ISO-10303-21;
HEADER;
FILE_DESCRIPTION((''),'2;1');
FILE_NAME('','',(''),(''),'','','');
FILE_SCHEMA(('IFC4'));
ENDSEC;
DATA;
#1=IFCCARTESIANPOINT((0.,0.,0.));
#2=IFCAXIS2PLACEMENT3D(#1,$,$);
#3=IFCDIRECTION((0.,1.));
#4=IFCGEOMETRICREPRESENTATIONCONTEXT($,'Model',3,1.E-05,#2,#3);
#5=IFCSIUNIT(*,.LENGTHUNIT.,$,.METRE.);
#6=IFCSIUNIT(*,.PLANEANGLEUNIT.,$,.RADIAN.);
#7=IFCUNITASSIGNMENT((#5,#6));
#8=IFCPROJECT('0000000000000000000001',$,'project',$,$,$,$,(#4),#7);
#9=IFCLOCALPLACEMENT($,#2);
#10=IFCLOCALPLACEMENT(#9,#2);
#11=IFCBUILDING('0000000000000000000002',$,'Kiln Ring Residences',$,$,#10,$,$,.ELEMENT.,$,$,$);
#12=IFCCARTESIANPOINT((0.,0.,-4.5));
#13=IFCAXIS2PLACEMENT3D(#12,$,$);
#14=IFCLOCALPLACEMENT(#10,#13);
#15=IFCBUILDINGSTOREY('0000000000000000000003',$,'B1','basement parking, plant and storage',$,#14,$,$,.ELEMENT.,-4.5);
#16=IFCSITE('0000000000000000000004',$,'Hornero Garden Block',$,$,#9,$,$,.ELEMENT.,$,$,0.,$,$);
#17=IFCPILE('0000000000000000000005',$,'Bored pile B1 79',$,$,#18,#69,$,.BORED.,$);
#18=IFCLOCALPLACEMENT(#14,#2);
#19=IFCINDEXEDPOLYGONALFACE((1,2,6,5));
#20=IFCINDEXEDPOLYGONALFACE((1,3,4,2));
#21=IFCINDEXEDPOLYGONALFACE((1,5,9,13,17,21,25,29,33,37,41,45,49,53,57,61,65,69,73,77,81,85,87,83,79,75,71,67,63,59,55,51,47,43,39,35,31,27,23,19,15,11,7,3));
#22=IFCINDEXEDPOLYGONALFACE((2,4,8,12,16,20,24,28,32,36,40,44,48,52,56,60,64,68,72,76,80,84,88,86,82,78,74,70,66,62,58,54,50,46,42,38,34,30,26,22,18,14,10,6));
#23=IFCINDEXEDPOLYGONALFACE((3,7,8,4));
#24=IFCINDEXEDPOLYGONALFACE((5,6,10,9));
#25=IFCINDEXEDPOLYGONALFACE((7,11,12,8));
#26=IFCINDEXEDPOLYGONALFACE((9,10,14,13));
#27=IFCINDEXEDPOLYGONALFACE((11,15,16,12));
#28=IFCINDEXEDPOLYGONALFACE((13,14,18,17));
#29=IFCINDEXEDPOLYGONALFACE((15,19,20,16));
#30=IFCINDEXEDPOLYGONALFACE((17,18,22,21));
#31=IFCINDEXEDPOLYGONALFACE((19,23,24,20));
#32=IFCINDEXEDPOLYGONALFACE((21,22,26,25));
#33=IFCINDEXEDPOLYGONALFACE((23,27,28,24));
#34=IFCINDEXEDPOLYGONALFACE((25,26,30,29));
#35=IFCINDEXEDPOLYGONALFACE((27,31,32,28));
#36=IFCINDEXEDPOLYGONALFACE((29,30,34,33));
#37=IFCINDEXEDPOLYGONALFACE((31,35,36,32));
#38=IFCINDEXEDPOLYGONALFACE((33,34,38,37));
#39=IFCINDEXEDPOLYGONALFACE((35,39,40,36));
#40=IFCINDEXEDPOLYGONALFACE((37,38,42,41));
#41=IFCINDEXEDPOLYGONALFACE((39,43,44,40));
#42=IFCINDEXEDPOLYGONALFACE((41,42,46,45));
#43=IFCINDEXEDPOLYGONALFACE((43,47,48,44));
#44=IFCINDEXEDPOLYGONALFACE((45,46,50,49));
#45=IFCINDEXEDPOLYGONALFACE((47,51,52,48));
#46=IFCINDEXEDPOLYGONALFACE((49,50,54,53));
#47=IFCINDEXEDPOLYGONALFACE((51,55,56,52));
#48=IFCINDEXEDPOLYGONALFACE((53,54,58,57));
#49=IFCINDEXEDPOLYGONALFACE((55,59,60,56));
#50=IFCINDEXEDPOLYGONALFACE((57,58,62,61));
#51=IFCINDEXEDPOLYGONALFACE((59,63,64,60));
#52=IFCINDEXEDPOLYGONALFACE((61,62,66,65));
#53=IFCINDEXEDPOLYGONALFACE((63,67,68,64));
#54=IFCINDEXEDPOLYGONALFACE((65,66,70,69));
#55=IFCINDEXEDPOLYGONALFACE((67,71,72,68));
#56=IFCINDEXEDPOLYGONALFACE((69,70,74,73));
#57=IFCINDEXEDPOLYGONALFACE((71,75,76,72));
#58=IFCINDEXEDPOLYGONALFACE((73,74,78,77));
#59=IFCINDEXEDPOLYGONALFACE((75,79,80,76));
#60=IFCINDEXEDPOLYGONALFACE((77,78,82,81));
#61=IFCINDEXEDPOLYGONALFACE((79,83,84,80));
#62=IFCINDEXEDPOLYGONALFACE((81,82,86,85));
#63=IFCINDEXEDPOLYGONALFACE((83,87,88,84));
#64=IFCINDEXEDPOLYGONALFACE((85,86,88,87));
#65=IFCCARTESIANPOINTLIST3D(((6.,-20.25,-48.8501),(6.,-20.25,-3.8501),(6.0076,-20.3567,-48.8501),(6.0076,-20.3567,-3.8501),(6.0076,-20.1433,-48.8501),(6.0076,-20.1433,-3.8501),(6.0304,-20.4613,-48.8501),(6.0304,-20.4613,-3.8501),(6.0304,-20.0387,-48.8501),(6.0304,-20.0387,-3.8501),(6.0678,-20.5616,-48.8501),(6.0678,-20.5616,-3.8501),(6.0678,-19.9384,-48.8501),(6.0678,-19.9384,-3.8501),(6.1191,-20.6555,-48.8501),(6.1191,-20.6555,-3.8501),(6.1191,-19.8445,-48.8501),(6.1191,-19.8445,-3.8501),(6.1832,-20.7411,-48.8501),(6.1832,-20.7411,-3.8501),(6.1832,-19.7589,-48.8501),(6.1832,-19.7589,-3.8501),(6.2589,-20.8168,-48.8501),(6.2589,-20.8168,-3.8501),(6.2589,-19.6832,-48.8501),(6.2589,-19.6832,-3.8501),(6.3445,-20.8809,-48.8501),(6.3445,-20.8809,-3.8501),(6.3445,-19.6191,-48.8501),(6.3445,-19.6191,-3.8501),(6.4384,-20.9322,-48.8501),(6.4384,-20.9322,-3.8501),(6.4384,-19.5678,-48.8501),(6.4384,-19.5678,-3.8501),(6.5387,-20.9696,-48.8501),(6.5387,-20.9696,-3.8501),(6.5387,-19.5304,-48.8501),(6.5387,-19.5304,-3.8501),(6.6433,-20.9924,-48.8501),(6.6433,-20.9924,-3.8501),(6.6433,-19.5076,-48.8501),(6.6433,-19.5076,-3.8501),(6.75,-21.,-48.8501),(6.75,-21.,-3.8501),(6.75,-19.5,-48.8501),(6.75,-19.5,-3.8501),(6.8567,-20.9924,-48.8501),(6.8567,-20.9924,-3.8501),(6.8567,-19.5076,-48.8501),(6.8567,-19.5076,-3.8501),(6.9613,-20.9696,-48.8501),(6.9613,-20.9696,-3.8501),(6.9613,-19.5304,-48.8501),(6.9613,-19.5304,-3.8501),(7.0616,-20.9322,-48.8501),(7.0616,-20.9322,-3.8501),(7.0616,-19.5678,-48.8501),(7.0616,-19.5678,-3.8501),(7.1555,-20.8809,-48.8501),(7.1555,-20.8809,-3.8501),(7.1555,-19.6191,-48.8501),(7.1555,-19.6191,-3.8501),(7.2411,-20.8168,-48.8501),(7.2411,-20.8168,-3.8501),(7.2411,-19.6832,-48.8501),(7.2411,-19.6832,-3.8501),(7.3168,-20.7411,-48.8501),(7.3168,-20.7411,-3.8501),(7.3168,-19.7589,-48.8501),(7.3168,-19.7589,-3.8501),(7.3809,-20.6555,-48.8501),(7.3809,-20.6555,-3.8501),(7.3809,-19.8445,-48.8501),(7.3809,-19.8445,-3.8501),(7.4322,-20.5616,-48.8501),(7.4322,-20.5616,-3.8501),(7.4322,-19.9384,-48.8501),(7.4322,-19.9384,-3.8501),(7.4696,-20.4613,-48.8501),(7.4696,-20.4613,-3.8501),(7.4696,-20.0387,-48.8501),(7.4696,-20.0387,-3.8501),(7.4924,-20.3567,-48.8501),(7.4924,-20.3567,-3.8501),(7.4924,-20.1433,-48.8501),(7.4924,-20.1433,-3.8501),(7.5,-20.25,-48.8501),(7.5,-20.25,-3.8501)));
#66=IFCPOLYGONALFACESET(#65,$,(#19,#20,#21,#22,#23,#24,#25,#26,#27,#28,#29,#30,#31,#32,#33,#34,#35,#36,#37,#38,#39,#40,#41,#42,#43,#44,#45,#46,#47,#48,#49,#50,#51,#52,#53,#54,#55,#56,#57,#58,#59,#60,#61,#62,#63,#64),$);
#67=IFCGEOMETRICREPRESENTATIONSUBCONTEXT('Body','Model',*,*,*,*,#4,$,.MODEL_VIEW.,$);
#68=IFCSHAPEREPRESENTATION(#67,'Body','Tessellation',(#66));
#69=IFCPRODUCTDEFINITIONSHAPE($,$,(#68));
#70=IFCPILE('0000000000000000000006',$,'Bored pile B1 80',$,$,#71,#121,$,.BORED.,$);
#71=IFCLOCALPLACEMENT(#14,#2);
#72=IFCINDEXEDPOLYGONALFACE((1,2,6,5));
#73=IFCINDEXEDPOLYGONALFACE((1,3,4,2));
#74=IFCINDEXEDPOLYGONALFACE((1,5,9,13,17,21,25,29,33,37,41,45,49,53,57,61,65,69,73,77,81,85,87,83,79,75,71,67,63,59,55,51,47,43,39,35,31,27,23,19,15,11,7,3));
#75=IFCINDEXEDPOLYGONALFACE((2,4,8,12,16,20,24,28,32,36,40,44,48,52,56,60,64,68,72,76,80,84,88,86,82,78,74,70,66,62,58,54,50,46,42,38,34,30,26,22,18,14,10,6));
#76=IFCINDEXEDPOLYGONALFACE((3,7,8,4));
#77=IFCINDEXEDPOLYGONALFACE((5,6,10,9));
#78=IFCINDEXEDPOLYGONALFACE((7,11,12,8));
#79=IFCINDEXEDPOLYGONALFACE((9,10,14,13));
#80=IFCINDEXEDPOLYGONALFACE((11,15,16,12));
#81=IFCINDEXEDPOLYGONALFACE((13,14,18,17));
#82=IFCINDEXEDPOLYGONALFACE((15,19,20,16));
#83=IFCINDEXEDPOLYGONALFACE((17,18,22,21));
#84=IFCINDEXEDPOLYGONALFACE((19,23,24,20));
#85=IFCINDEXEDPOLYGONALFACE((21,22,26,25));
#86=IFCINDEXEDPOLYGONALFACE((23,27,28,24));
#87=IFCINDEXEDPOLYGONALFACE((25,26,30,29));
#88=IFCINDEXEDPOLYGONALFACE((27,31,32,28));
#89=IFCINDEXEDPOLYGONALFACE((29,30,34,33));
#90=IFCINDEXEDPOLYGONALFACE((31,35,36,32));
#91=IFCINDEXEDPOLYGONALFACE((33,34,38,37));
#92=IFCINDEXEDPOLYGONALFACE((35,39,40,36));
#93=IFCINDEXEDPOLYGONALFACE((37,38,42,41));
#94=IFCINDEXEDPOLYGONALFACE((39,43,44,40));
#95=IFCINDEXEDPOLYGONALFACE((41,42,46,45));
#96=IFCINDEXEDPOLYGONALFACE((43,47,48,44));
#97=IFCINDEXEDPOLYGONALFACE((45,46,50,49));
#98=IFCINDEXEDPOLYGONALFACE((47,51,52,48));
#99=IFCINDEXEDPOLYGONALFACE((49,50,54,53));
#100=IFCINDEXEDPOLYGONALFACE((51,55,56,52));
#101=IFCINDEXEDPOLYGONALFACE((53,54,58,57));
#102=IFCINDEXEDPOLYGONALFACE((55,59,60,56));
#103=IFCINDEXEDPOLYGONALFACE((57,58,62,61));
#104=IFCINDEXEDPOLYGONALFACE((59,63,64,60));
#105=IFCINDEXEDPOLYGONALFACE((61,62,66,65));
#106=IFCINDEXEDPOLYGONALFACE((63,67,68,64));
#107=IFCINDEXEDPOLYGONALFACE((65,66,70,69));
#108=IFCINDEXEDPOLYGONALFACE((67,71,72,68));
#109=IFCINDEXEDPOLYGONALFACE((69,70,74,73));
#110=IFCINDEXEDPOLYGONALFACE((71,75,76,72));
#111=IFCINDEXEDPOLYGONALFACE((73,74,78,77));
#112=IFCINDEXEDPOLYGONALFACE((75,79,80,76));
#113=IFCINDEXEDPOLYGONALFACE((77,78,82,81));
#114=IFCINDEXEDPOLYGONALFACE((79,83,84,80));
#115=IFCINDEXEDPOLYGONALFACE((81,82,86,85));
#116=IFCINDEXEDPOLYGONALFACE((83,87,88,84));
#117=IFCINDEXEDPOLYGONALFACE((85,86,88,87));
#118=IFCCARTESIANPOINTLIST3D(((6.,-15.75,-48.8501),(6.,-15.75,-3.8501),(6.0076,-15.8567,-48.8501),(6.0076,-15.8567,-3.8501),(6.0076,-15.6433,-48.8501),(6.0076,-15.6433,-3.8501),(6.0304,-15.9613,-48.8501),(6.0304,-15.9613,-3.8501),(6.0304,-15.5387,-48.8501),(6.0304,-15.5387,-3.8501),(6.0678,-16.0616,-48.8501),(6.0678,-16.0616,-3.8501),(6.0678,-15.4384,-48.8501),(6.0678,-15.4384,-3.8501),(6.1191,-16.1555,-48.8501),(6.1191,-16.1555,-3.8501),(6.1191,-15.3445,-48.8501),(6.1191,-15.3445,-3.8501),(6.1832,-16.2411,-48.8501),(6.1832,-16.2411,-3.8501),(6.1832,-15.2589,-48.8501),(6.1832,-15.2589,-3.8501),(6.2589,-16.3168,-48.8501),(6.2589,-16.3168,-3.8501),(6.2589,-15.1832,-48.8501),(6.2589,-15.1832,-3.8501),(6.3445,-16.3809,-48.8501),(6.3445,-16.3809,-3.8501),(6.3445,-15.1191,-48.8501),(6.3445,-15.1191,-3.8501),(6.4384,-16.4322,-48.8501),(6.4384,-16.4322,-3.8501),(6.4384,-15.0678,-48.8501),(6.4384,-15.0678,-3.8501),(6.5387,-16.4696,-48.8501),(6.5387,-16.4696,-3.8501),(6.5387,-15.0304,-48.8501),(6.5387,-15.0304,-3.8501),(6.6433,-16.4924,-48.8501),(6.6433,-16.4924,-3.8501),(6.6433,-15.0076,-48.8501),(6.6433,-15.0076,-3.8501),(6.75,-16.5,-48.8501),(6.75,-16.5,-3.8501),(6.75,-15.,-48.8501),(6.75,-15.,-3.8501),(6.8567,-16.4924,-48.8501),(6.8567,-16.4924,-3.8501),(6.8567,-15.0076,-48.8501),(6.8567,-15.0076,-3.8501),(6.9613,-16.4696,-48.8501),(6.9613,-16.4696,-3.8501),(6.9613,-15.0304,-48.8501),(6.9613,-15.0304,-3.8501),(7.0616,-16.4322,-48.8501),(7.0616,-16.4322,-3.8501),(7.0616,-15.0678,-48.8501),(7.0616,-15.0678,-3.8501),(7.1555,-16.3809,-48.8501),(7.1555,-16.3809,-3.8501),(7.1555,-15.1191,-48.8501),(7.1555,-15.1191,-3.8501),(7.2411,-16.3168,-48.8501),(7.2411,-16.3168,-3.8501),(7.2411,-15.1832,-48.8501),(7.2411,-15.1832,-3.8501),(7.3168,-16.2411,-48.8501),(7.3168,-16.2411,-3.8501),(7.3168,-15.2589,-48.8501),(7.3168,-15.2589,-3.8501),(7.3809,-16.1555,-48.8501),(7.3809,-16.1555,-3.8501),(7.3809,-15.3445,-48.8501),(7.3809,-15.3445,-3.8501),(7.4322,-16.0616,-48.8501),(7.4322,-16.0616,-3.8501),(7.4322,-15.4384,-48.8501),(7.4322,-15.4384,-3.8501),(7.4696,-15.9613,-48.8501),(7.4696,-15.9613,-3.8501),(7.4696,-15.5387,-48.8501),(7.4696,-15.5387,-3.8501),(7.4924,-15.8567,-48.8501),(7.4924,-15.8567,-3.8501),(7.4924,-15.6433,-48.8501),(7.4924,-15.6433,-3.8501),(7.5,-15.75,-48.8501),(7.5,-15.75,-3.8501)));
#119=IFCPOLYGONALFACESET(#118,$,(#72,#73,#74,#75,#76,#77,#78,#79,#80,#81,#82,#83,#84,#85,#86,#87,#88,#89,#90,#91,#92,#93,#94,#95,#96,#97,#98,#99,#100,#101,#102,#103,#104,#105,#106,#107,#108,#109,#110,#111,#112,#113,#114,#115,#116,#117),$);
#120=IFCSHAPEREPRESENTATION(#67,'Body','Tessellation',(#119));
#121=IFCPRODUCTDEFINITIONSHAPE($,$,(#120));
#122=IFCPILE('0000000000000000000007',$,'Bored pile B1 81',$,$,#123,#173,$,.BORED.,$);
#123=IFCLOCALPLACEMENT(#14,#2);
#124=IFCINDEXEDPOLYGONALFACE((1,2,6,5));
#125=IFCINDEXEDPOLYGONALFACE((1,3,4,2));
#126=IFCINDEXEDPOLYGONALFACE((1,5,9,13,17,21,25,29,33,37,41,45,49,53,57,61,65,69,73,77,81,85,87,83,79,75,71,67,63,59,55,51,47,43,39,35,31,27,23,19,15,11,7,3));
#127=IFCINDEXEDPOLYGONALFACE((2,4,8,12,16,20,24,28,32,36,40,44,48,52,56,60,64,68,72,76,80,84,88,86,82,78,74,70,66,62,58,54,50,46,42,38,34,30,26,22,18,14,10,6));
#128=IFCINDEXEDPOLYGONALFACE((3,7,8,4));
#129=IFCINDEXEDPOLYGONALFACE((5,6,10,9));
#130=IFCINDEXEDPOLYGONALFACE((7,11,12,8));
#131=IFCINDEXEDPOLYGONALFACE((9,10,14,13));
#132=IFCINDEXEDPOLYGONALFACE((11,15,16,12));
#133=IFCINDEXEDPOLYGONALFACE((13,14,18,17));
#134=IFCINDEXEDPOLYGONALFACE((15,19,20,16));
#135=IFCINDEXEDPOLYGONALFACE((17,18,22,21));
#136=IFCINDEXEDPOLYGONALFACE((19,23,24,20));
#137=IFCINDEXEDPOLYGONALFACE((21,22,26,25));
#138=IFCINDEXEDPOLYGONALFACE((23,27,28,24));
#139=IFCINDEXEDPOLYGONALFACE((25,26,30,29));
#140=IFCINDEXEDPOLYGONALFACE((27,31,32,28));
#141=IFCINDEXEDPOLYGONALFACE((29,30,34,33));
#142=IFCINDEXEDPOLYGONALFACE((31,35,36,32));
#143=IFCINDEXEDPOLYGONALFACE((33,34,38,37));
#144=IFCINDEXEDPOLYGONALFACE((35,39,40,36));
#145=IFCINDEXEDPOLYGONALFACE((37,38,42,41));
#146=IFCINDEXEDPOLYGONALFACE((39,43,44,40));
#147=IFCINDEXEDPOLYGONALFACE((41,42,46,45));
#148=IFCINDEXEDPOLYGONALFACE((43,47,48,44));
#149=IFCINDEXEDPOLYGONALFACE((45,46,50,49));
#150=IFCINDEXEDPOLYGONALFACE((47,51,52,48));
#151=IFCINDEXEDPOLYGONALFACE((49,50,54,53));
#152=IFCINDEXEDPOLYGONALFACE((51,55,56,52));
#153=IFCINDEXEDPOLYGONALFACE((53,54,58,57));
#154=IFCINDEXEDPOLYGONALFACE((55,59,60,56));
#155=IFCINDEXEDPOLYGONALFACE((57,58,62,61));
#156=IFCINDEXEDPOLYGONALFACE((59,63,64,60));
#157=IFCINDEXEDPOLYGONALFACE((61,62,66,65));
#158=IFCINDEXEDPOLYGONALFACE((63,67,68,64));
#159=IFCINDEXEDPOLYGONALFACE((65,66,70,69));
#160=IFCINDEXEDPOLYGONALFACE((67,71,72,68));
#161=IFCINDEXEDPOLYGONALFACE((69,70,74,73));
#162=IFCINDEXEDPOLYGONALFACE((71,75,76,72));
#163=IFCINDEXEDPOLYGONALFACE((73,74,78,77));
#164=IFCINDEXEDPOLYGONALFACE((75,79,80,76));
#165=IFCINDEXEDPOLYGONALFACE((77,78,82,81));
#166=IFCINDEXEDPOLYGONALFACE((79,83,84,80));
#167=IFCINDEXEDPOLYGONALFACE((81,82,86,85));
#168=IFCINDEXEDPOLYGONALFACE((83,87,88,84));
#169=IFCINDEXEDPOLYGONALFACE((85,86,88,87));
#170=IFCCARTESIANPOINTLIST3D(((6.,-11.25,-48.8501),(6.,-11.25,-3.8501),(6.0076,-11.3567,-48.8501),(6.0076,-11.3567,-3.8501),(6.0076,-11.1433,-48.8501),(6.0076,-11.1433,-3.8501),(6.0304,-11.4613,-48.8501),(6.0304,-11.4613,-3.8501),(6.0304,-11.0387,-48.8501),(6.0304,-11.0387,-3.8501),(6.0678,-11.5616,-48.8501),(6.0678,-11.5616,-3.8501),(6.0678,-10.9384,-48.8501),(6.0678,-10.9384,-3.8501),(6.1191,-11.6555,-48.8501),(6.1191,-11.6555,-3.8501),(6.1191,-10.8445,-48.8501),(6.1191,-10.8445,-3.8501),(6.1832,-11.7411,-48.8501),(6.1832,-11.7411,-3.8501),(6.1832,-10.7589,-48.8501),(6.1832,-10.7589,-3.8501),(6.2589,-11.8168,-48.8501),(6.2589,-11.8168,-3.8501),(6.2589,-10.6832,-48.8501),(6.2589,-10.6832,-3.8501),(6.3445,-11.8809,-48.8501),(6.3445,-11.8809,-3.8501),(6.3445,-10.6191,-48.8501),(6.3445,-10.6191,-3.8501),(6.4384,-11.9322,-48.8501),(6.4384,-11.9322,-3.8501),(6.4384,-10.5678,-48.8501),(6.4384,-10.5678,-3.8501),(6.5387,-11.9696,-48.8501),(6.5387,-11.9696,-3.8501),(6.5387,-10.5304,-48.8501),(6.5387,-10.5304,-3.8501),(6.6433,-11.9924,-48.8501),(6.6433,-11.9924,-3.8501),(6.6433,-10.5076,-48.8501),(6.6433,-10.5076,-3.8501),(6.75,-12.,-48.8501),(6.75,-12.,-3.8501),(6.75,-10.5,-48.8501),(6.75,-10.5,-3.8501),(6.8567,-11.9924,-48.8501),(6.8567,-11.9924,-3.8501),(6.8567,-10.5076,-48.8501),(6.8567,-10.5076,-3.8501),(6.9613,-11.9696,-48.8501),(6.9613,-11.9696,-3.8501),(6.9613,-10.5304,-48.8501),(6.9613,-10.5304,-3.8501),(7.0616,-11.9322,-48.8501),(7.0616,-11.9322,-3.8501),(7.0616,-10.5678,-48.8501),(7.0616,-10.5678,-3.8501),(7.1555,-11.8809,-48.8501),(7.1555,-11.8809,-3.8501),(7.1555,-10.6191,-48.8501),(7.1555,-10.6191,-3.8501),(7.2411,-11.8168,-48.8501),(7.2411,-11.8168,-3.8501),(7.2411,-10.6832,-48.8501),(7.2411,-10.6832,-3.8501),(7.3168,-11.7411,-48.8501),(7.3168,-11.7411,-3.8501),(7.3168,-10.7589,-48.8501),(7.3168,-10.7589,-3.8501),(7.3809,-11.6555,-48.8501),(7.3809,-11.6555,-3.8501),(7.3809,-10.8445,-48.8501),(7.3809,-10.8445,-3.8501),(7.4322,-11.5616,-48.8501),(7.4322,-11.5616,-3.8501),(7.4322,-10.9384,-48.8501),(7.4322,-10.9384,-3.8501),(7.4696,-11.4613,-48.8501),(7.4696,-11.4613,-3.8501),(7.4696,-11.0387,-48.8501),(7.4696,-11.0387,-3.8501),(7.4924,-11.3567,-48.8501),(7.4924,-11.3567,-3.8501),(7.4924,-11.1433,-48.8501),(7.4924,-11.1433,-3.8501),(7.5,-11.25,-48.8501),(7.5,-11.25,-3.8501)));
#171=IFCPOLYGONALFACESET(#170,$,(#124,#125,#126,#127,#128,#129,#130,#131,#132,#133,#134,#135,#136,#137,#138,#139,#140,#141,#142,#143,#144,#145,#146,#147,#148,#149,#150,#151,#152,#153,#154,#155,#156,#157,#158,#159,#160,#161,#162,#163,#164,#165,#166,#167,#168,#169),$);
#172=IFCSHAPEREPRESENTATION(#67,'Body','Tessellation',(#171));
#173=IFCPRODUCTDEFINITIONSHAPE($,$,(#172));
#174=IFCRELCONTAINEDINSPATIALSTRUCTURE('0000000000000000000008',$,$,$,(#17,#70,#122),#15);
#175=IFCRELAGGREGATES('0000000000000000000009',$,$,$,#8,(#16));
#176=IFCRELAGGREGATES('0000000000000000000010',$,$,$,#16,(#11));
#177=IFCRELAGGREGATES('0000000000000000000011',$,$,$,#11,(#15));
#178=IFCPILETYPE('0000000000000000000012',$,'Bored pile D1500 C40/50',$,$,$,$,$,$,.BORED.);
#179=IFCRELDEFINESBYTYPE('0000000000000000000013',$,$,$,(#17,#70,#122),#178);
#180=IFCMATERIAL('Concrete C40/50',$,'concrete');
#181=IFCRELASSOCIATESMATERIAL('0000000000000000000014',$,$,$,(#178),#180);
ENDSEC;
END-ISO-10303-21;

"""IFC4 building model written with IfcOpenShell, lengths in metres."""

from ifc_helpers import new_model, si_unit, direction, frame, origin, origin_2d, place, context, subcontext, project, spatial, circle, extrude, material, material_profile, profile_set, type_object, element, save


model = new_model("IFC4")

# Units and contexts
model_context = context("Model", 3, precision=1e-05, world=origin(), true_north=direction((0.0, 1.0)))
body_context = subcontext(model_context, "Body", "Model", "MODEL_VIEW")
ifc_project = project(units=[si_unit("LENGTHUNIT", "METRE"), si_unit("PLANEANGLEUNIT", "RADIAN")], contexts=[model_context])

# Site, building, storey
site_placement = place(None, origin())
site = spatial("IfcSite", under=ifc_project, at=site_placement, Name="Hornero Garden Block", CompositionType="ELEMENT", RefElevation=0.0)
building_placement = place(site_placement, origin())
building = spatial("IfcBuilding", under=site, at=building_placement, Name="Kiln Ring Residences", CompositionType="ELEMENT")
storey_placement = place(building_placement, frame((0.0, 0.0, -4.5)))
storey = spatial("IfcBuildingStorey", under=building, at=storey_placement, Name="B1", Description="basement parking, plant and storage", CompositionType="ELEMENT", Elevation=-4.5)

# Piles
ifc_material_1 = material(Name="Concrete C40/50", Category="concrete")
ifc_material_profile = material_profile(ifc_material_1, circle(Radius=0.75, at=origin_2d()), Name="BORED1500")
ifc_profile_set = profile_set([ifc_material_profile], Name="Concrete C40/50")
pile_type = type_object("IfcPileType", Name="Bored pile D1500 C40/50", PredefinedType="BORED", material=ifc_profile_set)
for number, where, z_axis, x_axis, name in (
    (1, (6.75, -20.25, -3.8501), (0.0, 0.0, -1.0), (1.0, 0.0, 0.0), "Bored pile B1 79"),
    (2, (6.75, -15.75, -3.8501), (0.0, 0.0, -1.0), (1.0, 0.0, 0.0), "Bored pile B1 80"),
    (3, (6.75, -11.25, -3.8501), (0.0, 0.0, -1.0), (1.0, 0.0, 0.0), "Bored pile B1 81"),
):
    element("IfcPile", number, at=place(storey_placement, frame(where, z_axis=z_axis, x_axis=x_axis)), inside=storey, type_object=pile_type, Name=name, PredefinedType="BORED", context=body_context, shape_type="SweptSolid", body=[
        extrude(circle(Radius=0.75, at=origin_2d()), origin(), (0.0, 0.0, 1.0), 45.0),
    ])

save(model, "model.ifc")
